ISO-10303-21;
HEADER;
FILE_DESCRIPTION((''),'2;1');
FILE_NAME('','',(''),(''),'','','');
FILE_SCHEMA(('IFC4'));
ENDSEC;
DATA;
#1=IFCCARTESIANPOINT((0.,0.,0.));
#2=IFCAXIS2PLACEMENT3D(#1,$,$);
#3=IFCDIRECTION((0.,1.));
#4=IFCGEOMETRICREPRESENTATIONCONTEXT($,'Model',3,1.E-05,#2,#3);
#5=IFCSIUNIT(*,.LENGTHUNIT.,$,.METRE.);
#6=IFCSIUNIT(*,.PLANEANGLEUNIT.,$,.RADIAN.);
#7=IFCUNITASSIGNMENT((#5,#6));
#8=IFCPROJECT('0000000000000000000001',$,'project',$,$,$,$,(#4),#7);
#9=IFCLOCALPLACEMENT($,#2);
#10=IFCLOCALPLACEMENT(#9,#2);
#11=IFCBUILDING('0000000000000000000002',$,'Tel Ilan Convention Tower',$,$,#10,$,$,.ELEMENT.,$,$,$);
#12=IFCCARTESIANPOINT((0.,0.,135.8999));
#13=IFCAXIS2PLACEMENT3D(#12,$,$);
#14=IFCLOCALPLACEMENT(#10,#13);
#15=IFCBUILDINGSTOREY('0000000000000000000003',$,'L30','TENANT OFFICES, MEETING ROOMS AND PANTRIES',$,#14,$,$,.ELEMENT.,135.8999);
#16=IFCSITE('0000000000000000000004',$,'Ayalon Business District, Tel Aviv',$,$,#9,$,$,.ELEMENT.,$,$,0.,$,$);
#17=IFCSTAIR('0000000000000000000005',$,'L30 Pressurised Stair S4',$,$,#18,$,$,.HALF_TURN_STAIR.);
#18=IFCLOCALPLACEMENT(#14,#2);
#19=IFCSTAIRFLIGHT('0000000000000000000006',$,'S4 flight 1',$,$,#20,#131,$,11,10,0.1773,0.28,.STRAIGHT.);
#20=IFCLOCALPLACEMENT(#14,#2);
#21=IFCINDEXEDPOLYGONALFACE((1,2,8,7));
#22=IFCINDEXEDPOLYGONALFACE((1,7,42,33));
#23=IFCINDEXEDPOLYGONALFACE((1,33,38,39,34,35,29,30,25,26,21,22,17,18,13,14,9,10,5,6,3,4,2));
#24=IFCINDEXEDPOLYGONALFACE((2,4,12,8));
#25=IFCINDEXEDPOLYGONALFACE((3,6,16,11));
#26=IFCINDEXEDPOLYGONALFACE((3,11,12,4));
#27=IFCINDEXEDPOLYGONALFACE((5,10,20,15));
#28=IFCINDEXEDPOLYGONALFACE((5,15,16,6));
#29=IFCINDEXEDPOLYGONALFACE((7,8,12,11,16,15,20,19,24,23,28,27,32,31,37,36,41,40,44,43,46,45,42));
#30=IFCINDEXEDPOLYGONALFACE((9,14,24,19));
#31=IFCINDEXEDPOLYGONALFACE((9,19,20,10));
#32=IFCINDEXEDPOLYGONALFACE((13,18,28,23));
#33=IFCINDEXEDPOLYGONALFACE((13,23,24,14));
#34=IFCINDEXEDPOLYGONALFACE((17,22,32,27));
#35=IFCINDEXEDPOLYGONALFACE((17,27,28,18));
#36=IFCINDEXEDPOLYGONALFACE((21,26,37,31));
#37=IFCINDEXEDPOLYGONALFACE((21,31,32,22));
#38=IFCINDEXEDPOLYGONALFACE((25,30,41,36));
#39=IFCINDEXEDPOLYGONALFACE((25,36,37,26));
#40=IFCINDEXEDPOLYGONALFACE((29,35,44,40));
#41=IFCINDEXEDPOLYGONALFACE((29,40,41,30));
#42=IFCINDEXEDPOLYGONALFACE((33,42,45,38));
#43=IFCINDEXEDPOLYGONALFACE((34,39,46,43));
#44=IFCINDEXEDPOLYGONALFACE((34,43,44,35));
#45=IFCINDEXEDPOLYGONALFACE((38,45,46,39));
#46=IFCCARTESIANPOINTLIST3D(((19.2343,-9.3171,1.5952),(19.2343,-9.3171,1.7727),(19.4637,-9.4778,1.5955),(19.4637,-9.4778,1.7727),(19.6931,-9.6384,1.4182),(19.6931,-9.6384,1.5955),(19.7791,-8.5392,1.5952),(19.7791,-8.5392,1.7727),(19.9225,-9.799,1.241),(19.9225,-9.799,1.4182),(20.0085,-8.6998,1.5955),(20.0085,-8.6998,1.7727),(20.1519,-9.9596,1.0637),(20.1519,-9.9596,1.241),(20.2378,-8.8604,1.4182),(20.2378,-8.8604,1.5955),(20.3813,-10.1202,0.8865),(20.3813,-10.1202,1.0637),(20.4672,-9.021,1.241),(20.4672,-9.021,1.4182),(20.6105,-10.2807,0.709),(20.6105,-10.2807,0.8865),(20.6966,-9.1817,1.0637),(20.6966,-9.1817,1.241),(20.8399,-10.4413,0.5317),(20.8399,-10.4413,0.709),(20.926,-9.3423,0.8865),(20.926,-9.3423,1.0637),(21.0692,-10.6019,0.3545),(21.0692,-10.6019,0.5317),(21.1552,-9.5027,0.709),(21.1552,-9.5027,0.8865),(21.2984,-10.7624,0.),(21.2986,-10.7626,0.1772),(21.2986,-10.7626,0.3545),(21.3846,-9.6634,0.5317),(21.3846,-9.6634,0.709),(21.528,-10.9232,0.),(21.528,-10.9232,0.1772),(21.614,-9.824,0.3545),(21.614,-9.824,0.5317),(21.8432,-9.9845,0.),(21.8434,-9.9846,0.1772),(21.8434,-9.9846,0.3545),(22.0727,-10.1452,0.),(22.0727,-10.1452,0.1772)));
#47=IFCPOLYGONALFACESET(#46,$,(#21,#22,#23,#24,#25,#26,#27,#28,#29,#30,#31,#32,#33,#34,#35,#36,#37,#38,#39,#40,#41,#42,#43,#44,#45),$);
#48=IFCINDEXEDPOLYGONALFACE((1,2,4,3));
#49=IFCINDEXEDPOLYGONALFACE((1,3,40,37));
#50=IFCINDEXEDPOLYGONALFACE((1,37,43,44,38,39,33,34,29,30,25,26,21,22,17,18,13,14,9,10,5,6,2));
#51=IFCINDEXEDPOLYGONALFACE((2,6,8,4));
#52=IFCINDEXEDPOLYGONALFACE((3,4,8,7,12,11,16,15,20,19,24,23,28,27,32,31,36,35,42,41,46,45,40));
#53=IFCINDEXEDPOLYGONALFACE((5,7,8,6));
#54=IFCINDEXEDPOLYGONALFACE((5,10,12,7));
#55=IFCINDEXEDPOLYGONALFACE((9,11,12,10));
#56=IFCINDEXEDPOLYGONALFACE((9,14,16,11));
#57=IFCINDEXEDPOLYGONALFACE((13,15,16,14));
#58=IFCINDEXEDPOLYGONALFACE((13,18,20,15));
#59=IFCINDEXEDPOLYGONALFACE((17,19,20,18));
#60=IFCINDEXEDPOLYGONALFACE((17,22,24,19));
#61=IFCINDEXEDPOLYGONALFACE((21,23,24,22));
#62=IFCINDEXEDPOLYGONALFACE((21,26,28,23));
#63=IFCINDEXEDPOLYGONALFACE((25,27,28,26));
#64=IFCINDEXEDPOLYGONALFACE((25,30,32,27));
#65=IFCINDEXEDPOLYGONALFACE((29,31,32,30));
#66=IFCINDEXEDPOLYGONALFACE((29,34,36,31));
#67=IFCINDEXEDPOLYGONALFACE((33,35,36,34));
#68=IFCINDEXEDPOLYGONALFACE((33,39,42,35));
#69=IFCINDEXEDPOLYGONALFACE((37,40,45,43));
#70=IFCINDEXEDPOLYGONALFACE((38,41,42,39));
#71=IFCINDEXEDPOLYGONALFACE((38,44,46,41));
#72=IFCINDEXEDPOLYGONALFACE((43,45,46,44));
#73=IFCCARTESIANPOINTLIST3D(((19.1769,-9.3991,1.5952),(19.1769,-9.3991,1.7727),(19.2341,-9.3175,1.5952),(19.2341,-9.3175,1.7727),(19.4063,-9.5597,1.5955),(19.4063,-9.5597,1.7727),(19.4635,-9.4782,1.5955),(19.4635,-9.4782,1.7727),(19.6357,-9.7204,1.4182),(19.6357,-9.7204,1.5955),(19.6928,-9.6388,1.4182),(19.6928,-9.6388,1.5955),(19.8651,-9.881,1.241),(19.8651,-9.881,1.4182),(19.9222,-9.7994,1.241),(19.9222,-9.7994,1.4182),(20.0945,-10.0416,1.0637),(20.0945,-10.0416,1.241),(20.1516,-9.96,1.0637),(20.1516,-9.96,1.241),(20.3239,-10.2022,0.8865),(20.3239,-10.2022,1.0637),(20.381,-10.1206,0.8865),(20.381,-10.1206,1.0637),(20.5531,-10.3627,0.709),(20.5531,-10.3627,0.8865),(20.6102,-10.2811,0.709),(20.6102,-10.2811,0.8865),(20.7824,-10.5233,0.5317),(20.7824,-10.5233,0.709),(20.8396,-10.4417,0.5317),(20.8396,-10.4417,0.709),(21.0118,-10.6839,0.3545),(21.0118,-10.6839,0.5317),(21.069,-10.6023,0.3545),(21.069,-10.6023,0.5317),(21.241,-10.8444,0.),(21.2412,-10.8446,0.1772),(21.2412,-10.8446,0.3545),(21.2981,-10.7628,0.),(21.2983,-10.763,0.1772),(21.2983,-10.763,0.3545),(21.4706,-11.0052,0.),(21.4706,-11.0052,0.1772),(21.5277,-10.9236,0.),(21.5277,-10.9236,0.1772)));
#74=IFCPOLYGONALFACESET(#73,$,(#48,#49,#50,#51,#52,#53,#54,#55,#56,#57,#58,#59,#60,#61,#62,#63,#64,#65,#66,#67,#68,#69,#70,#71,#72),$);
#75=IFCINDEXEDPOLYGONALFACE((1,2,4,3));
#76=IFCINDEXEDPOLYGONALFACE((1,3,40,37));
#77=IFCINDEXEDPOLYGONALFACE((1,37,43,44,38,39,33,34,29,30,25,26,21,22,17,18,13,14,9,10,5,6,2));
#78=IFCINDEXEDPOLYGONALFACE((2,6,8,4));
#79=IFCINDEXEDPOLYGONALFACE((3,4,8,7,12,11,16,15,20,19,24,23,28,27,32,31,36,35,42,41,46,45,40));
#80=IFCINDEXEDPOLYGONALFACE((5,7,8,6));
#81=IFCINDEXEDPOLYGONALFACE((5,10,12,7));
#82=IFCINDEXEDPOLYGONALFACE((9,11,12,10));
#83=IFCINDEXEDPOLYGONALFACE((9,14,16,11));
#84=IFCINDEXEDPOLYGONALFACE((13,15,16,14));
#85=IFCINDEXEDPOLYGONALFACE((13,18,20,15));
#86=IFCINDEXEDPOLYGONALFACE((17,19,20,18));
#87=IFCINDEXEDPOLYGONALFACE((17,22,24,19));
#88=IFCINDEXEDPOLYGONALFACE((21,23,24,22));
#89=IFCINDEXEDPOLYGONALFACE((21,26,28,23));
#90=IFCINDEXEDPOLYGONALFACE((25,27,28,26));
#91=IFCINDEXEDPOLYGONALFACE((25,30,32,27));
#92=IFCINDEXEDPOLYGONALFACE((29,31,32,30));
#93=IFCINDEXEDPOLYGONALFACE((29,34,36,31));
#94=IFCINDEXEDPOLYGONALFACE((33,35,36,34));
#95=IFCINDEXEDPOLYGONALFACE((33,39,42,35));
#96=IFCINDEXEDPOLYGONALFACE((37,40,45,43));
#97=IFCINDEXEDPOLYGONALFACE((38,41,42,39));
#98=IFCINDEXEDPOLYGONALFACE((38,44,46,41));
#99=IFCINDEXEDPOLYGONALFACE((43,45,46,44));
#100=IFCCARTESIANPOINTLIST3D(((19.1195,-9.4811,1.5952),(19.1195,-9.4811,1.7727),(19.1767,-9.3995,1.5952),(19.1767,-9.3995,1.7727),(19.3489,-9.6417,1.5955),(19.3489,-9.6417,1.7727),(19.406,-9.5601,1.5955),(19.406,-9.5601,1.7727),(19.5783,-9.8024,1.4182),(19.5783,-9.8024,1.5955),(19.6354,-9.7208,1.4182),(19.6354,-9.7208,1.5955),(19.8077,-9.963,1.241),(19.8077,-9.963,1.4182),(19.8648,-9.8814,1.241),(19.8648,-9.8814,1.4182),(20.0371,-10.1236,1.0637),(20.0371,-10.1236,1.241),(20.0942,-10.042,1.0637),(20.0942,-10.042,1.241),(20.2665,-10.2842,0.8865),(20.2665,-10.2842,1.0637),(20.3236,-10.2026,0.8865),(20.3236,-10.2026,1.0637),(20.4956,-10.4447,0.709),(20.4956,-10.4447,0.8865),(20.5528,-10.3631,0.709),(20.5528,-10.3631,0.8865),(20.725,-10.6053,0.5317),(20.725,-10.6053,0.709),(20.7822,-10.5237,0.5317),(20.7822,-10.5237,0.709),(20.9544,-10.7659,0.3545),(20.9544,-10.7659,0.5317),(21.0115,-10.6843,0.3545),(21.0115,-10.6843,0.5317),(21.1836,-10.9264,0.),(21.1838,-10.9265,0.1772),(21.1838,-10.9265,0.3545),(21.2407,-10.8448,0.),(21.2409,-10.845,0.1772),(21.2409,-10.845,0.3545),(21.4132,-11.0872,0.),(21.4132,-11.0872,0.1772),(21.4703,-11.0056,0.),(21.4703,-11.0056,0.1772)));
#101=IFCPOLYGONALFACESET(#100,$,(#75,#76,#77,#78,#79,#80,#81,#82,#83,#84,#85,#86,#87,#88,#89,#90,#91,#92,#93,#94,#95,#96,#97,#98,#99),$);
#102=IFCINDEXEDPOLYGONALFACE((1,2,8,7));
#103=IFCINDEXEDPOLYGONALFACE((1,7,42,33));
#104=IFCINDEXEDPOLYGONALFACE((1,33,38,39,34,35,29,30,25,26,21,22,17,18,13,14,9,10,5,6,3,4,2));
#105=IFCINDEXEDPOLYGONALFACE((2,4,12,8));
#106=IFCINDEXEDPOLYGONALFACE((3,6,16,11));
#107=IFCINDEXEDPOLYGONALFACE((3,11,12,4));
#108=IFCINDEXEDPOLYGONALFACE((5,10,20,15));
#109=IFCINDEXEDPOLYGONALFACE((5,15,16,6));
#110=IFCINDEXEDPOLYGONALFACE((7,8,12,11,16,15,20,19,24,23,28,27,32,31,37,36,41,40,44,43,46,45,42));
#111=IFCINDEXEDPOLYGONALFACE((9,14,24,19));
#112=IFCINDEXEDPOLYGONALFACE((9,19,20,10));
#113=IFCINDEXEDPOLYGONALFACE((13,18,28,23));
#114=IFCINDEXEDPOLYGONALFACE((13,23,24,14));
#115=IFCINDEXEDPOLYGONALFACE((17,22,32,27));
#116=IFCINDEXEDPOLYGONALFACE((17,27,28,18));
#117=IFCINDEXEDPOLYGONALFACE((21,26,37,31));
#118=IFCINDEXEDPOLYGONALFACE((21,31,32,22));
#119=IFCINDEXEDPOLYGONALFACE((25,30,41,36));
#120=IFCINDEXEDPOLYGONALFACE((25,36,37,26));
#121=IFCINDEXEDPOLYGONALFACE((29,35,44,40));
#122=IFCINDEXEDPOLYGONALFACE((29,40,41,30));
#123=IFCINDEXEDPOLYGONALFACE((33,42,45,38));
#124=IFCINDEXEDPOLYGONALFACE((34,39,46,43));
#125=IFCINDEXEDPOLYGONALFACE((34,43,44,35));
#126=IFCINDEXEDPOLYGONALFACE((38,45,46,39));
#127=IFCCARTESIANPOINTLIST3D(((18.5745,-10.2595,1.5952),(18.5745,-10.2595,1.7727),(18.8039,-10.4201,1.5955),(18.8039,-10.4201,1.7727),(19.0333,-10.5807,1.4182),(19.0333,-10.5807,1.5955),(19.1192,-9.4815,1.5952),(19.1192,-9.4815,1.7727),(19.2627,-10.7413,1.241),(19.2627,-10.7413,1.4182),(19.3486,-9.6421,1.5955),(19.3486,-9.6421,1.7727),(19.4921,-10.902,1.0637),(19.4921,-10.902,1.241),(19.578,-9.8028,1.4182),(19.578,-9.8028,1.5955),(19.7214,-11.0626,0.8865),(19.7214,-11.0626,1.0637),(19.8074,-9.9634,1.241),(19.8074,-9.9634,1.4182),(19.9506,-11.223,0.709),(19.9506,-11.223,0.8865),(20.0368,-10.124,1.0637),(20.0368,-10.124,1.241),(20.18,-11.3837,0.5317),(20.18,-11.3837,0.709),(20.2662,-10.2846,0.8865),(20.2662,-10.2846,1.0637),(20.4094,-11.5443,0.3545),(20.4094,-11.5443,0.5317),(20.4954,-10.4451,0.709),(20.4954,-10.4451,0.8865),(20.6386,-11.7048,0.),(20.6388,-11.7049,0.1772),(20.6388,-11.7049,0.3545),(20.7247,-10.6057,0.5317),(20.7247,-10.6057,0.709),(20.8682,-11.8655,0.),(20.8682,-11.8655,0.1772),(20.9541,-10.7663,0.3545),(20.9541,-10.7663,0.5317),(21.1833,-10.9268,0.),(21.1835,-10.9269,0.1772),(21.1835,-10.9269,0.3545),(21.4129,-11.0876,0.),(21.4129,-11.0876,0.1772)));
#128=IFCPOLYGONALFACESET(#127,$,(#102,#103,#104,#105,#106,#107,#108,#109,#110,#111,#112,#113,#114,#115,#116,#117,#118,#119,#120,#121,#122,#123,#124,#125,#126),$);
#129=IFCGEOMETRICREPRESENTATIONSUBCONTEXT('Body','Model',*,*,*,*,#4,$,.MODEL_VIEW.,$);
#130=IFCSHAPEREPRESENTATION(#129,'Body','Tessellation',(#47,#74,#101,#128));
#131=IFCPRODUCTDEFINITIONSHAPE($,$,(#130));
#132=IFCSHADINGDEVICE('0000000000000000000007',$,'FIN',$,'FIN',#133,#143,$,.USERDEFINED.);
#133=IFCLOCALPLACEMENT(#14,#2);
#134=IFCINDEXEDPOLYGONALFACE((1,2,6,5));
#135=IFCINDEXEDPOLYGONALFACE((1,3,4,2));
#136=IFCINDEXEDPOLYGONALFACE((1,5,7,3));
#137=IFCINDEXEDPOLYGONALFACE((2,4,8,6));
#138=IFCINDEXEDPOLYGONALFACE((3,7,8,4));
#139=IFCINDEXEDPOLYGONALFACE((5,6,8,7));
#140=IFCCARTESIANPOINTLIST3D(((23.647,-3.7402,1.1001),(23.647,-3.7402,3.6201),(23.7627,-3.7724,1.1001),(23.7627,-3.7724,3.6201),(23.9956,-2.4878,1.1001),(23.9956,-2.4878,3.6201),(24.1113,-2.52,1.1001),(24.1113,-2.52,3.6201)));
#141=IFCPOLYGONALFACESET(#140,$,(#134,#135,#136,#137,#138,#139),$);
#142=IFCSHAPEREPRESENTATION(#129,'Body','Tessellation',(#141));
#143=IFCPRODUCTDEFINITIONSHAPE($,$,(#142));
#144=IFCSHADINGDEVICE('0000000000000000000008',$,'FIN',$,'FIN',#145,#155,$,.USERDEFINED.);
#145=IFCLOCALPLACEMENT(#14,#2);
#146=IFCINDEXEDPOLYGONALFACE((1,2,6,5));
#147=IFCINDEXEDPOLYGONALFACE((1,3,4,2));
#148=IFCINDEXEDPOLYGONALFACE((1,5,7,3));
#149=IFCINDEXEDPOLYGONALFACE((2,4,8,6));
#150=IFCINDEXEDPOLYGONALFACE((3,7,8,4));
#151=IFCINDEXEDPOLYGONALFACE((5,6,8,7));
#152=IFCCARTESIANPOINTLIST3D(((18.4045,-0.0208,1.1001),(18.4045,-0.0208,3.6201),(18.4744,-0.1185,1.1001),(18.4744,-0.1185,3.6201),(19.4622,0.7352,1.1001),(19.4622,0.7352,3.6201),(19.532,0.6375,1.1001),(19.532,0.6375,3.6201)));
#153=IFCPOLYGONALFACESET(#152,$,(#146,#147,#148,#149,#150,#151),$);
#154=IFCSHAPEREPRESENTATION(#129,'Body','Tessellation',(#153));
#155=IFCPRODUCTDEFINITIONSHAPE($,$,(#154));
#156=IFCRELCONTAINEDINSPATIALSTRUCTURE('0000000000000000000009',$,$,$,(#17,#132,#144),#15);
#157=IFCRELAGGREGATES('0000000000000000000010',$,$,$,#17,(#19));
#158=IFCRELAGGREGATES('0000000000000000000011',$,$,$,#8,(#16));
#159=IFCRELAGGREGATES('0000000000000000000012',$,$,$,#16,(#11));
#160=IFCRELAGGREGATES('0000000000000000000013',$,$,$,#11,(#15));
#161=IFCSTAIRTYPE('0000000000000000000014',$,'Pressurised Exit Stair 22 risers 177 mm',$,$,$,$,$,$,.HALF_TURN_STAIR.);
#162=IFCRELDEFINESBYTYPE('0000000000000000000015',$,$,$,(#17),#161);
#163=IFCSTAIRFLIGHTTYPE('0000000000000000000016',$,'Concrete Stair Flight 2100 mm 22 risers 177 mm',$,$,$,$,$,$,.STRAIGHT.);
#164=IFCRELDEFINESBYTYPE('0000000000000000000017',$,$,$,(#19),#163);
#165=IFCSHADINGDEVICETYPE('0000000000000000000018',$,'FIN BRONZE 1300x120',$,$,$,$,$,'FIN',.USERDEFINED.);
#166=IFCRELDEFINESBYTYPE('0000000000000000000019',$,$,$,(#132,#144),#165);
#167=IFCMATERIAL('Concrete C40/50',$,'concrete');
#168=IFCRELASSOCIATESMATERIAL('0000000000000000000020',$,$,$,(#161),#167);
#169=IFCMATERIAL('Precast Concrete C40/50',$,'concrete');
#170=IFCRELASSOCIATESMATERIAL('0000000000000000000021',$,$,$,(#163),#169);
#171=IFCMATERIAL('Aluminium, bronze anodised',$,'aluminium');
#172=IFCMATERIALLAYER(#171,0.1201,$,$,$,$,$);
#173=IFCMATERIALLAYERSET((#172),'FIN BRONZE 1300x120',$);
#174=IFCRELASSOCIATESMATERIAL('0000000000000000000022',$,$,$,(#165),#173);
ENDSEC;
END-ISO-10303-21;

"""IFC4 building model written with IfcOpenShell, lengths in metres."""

from ifc_helpers import new_model, si_unit, direction, frame, origin, origin_2d, place, context, subcontext, project, spatial, polyline, rectangle, outline, extrude, material, layer, layer_set, type_object, element, aggregate, save


model = new_model("IFC4")

# Units and contexts
model_context = context("Model", 3, precision=1e-05, world=origin(), true_north=direction((0.0, 1.0)))
body_context = subcontext(model_context, "Body", "Model", "MODEL_VIEW")
ifc_project = project(units=[si_unit("LENGTHUNIT", "METRE"), si_unit("PLANEANGLEUNIT", "RADIAN")], contexts=[model_context])

# Site, building, storey
site_placement = place(None, origin())
site = spatial("IfcSite", under=ifc_project, at=site_placement, Name="Ayalon Business District, Tel Aviv", CompositionType="ELEMENT", RefElevation=0.0)
building_placement = place(site_placement, origin())
building = spatial("IfcBuilding", under=site, at=building_placement, Name="Tel Ilan Convention Tower", CompositionType="ELEMENT")
storey_placement = place(building_placement, frame((0.0, 0.0, 135.8999)))
storey = spatial("IfcBuildingStorey", under=building, at=storey_placement, Name="L30", Description="TENANT OFFICES, MEETING ROOMS AND PANTRIES", CompositionType="ELEMENT", Elevation=135.8999)

# Stair, stair flight
ifc_material_1 = material(Name="Concrete C40/50", Category="concrete")
stair_type = type_object("IfcStairType", Name="Pressurised Exit Stair 22 risers 177 mm", PredefinedType="HALF_TURN_STAIR", material=ifc_material_1)
ifc_material_2 = material(Name="Precast Concrete C40/50", Category="concrete")
stair_flight_type = type_object("IfcStairFlightType", Name="Concrete Stair Flight 2100 mm 22 risers 177 mm", PredefinedType="STRAIGHT", material=ifc_material_2)
stair_1_placement = place(storey_placement, origin())
stair_1 = element("IfcStair", 1, at=stair_1_placement, inside=storey, type_object=stair_type, Name="L30 Pressurised Stair S4", PredefinedType="HALF_TURN_STAIR")
stair_flight_1_placement = place(storey_placement, frame((21.4705, -11.0054, 0.0), z_axis=(0.0, 0.0, 1.0), x_axis=(-0.819152, 0.573576, 0.0)))
stair_flight_1 = element("IfcStairFlight", 2, at=stair_flight_1_placement, type_object=stair_flight_type, Name="S4 flight 1", NumberOfRisers=11, NumberOfTreads=10, PredefinedType="STRAIGHT", RiserHeight=0.1773, TreadLength=0.28, context=body_context, shape_type="SweptSolid", body=[
    extrude(outline(polyline([(0.0, 0.0), (0.0, 0.1772), (0.28, 0.1772), (0.28, 0.3545), (0.5601, 0.3545), (0.5601, 0.5317), (0.8401, 0.5317), (0.8401, 0.709), (1.1201, 0.709), (1.1201, 0.8865), (1.3999, 0.8865), (1.3999, 1.0637), (1.6799, 1.0637), (1.6799, 1.241), (1.96, 1.241), (1.96, 1.4182), (2.24, 1.4182), (2.24, 1.5955), (2.52, 1.5955), (2.52, 1.7727), (2.8, 1.7727), (2.8, 1.95), (2.8, 1.5952), (0.2803, 0.0), (0.0, 0.0)])), frame((0.0, -0.1003, 0.0), z_axis=(0.0, -1.0, 0.0), x_axis=(1.0, 0.0, 0.0)), (0.0, 0.0, 1.0), 0.9497),
    extrude(outline(polyline([(0.0, 0.0), (0.0, 0.1772), (0.28, 0.1772), (0.28, 0.3545), (0.5601, 0.3545), (0.5601, 0.5317), (0.8401, 0.5317), (0.8401, 0.709), (1.1201, 0.709), (1.1201, 0.8865), (1.3999, 0.8865), (1.3999, 1.0637), (1.6799, 1.0637), (1.6799, 1.241), (1.96, 1.241), (1.96, 1.4182), (2.24, 1.4182), (2.24, 1.5955), (2.52, 1.5955), (2.52, 1.7727), (2.8, 1.7727), (2.8, 1.95), (2.8, 1.5952), (0.2803, 0.0), (0.0, 0.0)])), frame((0.0, -0.0002, 0.0), z_axis=(0.0, -1.0, 0.0), x_axis=(1.0, 0.0, 0.0)), (0.0, 0.0, 1.0), 0.0996),
    extrude(outline(polyline([(0.0, 0.0), (0.0, 0.1772), (0.28, 0.1772), (0.28, 0.3545), (0.5601, 0.3545), (0.5601, 0.5317), (0.8401, 0.5317), (0.8401, 0.709), (1.1201, 0.709), (1.1201, 0.8865), (1.3999, 0.8865), (1.3999, 1.0637), (1.6799, 1.0637), (1.6799, 1.241), (1.96, 1.241), (1.96, 1.4182), (2.24, 1.4182), (2.24, 1.5955), (2.52, 1.5955), (2.52, 1.7727), (2.8, 1.7727), (2.8, 1.95), (2.8, 1.5952), (0.2803, 0.0), (0.0, 0.0)])), frame((0.0, 0.0999, 0.0), z_axis=(0.0, -1.0, 0.0), x_axis=(1.0, 0.0, 0.0)), (0.0, 0.0, 1.0), 0.0996),
    extrude(outline(polyline([(0.0, 0.0), (0.0, 0.1772), (0.28, 0.1772), (0.28, 0.3545), (0.5601, 0.3545), (0.5601, 0.5317), (0.8401, 0.5317), (0.8401, 0.709), (1.1201, 0.709), (1.1201, 0.8865), (1.3999, 0.8865), (1.3999, 1.0637), (1.6799, 1.0637), (1.6799, 1.241), (1.96, 1.241), (1.96, 1.4182), (2.24, 1.4182), (2.24, 1.5955), (2.52, 1.5955), (2.52, 1.7727), (2.8, 1.7727), (2.8, 1.95), (2.8, 1.5952), (0.2803, 0.0), (0.0, 0.0)])), frame((0.0, 1.05, 0.0), z_axis=(0.0, -1.0, 0.0), x_axis=(1.0, 0.0, 0.0)), (0.0, 0.0, 1.0), 0.9497),
])
aggregate(stair_1, [stair_flight_1])

# Shading devices
ifc_material_3 = material(Name="Aluminium, bronze anodised", Category="aluminium")
ifc_layer_1 = layer(ifc_material_3, 0.1201)
ifc_layer_set_1 = layer_set([ifc_layer_1], Name="FIN BRONZE 1300x120")
shading_device_type = type_object("IfcShadingDeviceType", Name="FIN BRONZE 1300x120", ElementType="FIN", PredefinedType="USERDEFINED", material=ifc_layer_set_1)
for number, where, z_axis, x_axis, name in (
    (3, (23.8792, -3.1301, 1.1001), (0.0, 0.0, 1.0), (0.268173, 0.963371, 0.0), "FIN"),
    (4, (18.9683, 0.3083, 1.1001), (0.0, 0.0, 1.0), (0.813552, 0.581492, 0.0), "FIN"),
):
    element("IfcShadingDevice", number, at=place(storey_placement, frame(where, z_axis=z_axis, x_axis=x_axis)), inside=storey, type_object=shading_device_type, Name=name, ObjectType="FIN", PredefinedType="USERDEFINED", context=body_context, shape_type="SweptSolid", body=[
        extrude(rectangle(XDim=1.3, YDim=0.1201, at=origin_2d()), origin(), (0.0, 0.0, 1.0), 2.52),
    ])

save(model, "model.ifc")
